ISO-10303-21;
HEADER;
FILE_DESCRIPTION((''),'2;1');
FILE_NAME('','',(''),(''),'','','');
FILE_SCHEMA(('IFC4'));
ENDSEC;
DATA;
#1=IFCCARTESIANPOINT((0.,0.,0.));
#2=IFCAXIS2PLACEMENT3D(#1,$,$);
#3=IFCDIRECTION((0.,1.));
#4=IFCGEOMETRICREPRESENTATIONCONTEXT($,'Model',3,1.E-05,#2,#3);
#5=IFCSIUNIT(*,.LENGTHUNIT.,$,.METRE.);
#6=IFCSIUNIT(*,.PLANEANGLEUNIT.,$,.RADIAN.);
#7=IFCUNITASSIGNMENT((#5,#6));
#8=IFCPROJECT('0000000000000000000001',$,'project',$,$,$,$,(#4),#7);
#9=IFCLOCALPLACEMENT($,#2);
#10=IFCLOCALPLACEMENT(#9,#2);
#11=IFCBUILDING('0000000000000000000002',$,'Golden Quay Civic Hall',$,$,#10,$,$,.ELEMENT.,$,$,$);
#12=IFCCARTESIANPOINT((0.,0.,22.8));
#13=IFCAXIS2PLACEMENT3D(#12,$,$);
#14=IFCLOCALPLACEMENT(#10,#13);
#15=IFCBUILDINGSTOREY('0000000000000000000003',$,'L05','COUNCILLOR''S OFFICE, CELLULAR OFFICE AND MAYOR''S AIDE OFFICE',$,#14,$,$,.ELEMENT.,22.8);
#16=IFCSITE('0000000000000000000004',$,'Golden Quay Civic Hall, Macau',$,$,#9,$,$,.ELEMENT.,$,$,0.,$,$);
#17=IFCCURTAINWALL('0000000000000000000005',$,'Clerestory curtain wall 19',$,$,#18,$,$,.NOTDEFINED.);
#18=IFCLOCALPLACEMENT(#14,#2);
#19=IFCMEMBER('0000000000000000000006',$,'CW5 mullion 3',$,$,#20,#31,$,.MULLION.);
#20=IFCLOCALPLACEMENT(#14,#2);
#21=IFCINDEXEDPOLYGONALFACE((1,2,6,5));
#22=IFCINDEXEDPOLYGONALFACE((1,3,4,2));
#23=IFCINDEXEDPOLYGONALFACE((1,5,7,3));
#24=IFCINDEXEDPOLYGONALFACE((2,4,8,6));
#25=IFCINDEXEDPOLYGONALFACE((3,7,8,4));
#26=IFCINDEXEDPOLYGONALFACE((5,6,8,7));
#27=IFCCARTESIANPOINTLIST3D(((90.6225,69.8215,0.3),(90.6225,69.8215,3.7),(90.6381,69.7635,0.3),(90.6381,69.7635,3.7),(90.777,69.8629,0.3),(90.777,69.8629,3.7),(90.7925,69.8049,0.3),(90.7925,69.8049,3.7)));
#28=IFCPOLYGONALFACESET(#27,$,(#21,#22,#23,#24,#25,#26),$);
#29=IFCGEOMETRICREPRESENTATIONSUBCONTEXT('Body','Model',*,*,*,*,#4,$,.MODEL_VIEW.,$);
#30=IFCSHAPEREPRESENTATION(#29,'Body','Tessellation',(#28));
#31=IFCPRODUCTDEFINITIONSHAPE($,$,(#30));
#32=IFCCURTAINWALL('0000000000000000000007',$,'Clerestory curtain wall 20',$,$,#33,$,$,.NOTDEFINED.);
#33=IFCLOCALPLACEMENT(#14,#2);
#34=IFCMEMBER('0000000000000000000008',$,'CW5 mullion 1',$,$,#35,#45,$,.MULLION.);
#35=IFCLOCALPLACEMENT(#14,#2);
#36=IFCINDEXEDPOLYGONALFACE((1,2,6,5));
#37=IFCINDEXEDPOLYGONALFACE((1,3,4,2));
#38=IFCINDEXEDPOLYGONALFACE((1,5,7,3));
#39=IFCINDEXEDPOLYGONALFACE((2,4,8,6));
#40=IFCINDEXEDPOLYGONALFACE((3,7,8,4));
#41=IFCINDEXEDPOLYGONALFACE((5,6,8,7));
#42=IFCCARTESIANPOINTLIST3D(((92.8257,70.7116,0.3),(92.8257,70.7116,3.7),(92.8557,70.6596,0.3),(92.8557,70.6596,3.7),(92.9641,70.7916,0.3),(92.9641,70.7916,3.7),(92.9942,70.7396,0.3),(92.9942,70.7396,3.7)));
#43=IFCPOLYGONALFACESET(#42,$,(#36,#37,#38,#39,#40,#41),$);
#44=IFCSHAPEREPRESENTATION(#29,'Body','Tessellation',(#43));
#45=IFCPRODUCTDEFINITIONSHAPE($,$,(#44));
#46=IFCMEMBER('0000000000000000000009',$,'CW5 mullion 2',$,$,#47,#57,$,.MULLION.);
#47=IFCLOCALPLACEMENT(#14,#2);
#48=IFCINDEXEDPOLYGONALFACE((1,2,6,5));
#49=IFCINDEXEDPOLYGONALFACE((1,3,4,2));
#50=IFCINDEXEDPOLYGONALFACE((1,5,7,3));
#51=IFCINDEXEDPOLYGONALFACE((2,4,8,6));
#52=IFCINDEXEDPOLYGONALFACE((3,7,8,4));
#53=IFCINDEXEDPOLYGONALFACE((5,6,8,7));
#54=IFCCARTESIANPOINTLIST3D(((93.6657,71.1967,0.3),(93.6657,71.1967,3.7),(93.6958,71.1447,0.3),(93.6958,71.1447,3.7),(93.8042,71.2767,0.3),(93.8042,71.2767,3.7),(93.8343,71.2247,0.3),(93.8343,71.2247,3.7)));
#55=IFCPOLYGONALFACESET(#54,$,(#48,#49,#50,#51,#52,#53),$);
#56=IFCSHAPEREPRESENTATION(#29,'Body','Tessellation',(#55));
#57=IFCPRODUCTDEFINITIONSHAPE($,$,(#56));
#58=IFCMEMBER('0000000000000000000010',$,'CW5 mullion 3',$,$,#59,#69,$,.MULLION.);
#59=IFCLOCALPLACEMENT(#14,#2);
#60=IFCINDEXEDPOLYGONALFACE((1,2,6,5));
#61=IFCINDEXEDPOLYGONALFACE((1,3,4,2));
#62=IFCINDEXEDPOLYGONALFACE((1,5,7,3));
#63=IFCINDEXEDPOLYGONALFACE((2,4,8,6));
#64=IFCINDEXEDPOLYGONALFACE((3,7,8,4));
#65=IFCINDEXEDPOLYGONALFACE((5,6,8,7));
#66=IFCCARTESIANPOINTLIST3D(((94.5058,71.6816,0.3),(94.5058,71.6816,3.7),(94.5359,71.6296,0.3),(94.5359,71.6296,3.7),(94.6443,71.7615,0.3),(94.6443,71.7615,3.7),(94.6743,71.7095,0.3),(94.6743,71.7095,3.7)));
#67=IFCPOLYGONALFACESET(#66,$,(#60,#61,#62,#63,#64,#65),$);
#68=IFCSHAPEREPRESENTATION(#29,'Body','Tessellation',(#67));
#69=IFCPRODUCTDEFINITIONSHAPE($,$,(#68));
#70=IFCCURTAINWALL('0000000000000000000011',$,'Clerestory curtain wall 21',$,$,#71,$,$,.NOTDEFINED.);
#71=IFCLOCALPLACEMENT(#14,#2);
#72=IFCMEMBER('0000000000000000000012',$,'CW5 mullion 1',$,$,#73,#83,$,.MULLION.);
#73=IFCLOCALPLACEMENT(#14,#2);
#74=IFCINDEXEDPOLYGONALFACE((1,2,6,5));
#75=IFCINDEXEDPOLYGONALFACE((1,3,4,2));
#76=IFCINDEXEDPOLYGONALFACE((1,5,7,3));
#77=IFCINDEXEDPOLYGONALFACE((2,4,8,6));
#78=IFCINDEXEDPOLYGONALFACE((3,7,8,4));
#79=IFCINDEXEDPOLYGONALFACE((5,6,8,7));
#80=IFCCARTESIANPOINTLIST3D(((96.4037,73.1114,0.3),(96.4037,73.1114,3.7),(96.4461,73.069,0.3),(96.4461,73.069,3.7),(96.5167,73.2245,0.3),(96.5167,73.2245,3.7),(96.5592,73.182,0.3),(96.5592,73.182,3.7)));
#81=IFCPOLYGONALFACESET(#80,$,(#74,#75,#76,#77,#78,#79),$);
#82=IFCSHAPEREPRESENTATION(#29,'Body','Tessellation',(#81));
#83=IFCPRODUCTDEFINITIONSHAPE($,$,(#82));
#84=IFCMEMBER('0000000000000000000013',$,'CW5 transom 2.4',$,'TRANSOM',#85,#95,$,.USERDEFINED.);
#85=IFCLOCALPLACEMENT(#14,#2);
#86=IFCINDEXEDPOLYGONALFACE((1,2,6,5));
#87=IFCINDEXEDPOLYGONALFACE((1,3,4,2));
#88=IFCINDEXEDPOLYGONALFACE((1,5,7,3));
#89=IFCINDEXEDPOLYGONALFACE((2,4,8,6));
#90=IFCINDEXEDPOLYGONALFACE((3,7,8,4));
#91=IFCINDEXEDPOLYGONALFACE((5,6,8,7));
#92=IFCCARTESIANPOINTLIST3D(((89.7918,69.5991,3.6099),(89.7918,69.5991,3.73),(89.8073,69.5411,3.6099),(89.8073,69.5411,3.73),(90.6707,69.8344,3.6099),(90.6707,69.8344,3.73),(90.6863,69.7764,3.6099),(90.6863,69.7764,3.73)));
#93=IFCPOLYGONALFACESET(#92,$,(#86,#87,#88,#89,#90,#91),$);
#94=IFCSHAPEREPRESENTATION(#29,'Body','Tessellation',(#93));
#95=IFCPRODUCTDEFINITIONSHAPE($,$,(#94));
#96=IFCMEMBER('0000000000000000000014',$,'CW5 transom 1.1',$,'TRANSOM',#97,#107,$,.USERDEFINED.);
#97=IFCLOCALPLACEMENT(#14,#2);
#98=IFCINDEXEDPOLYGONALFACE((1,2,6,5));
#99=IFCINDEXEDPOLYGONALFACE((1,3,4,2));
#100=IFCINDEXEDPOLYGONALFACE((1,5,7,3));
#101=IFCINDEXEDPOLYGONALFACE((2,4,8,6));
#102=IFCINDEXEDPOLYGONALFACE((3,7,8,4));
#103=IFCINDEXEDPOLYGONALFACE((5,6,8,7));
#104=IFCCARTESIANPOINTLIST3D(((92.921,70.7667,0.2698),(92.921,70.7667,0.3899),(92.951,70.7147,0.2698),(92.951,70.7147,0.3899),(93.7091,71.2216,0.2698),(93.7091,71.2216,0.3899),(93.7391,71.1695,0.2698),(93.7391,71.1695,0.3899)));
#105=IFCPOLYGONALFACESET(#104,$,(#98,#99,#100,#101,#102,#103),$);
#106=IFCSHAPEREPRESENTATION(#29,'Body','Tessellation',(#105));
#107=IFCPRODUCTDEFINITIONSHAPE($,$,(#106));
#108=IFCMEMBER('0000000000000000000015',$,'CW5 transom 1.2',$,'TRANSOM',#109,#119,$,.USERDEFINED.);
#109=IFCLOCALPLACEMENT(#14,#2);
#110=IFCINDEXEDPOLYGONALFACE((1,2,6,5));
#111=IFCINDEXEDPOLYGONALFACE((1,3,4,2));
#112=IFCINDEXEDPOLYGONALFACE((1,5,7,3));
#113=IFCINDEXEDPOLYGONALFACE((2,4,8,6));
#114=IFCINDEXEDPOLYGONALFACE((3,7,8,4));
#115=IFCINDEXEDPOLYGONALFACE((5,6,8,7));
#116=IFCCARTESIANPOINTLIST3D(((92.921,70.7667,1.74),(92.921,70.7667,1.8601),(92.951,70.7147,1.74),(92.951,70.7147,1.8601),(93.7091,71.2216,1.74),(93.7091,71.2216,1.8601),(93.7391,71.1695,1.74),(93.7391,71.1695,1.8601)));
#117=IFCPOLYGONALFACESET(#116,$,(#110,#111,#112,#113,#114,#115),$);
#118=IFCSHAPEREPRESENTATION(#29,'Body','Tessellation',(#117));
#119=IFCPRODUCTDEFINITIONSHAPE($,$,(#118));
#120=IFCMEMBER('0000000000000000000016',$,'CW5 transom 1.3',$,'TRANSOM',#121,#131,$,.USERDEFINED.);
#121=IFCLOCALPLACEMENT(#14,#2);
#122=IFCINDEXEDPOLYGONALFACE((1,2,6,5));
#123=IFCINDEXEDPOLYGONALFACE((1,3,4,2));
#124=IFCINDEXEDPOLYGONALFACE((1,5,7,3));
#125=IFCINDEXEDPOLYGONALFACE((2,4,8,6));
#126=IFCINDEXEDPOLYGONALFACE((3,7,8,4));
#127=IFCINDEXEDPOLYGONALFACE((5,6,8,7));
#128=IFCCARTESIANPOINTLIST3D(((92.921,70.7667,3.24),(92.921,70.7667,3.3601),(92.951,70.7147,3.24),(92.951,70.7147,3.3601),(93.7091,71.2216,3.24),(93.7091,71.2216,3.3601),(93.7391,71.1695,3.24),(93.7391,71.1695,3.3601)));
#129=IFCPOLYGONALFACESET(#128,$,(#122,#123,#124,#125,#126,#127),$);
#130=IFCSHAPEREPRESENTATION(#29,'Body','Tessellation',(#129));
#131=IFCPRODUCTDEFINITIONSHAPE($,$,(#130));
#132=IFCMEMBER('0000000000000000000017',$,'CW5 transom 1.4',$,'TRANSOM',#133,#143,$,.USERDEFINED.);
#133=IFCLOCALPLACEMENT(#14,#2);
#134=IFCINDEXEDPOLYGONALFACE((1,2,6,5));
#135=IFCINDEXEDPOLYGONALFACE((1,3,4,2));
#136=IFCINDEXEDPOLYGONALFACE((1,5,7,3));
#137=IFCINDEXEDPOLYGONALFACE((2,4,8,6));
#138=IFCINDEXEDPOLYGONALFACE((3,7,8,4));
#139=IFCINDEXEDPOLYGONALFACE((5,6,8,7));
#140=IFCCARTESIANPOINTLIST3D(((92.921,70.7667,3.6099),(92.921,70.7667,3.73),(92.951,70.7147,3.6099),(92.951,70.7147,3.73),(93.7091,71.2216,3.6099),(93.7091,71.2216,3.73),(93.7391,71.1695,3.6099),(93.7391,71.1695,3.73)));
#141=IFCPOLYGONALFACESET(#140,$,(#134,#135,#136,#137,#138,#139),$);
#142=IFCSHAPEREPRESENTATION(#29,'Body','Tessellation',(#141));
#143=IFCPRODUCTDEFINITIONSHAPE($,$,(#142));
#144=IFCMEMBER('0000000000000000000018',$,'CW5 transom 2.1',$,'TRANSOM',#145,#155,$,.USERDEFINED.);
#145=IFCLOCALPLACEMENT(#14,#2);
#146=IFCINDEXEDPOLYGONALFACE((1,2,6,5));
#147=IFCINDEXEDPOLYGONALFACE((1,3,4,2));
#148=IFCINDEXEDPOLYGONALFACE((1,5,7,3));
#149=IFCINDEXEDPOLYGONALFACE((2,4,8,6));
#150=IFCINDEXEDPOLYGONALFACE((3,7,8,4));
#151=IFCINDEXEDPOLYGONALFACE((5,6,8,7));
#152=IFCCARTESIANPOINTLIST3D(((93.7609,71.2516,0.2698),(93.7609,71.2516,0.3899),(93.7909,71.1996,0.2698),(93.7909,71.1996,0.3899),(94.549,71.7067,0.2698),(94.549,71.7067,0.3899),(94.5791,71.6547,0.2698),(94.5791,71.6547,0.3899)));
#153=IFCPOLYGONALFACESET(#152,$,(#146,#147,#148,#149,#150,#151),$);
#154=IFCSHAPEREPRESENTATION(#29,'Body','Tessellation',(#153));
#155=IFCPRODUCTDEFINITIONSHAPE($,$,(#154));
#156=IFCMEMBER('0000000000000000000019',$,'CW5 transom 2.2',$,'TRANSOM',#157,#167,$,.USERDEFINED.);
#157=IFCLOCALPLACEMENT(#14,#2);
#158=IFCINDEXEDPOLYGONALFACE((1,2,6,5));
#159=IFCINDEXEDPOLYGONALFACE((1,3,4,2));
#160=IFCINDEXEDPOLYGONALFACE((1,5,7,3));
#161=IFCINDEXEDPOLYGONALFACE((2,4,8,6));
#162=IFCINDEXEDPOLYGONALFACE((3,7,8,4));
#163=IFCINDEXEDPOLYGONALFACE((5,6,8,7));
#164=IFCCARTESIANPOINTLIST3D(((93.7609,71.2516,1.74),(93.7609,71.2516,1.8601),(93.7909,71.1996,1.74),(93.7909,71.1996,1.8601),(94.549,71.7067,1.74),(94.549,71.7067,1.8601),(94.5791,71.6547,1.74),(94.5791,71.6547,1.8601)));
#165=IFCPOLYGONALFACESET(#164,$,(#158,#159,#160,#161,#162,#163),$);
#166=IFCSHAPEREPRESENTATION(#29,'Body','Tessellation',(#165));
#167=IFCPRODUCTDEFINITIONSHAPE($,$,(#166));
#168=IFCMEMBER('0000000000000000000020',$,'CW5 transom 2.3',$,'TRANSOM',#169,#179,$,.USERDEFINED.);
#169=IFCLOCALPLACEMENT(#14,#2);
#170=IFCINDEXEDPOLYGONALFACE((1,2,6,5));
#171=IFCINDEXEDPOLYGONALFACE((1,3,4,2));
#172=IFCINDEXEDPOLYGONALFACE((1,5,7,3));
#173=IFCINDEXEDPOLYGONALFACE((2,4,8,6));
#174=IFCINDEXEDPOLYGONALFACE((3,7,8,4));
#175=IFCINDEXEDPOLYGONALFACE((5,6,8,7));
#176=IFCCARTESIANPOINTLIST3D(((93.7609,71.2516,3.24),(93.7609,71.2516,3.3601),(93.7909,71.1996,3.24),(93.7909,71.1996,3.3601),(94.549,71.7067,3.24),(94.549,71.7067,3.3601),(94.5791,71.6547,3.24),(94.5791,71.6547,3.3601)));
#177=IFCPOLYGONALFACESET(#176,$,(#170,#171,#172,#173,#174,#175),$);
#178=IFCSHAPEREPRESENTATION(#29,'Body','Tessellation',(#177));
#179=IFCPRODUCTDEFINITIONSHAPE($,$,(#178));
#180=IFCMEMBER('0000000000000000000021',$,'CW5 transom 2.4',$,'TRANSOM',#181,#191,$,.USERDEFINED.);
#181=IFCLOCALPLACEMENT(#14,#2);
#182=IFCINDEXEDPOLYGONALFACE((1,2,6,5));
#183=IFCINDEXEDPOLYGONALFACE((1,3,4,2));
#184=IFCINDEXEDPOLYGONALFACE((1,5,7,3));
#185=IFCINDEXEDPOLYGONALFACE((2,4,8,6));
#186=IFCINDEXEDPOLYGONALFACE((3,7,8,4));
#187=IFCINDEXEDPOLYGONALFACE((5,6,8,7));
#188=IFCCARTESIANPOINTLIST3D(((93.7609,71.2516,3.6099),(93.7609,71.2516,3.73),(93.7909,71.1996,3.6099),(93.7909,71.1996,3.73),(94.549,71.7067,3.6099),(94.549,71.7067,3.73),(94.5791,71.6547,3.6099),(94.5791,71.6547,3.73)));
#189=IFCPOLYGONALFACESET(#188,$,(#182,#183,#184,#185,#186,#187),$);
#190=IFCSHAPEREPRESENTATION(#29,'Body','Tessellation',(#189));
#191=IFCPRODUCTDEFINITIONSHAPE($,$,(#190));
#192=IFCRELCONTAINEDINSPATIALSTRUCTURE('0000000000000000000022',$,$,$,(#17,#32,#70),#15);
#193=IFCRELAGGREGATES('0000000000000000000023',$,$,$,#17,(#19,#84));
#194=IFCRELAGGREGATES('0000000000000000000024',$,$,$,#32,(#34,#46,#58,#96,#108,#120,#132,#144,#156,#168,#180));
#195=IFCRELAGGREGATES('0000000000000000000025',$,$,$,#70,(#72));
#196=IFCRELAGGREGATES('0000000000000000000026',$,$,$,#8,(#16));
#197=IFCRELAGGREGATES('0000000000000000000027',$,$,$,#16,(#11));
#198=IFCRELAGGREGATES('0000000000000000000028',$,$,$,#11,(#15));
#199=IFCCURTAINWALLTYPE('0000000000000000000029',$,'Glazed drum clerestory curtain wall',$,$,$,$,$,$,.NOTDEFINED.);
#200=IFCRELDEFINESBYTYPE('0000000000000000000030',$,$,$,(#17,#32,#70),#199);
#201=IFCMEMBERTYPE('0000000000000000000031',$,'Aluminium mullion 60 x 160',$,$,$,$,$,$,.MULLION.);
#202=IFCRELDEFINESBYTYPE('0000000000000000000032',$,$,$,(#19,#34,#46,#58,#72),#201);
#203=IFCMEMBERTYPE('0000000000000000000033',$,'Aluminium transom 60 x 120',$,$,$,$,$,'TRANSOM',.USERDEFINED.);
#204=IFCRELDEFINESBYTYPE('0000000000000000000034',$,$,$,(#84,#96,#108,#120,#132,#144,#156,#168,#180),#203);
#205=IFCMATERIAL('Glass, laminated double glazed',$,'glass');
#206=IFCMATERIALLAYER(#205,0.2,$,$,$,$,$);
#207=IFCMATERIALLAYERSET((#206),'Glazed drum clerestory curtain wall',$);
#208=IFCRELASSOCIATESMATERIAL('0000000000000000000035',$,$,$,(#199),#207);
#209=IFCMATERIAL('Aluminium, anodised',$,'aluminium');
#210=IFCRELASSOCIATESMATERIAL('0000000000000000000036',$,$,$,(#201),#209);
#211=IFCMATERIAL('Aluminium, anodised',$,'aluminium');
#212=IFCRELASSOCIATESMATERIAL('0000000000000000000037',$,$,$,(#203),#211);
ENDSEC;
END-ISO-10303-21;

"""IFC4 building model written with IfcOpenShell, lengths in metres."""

from ifc_helpers import new_model, si_unit, direction, frame, origin, origin_2d, place, context, subcontext, project, spatial, rectangle, extrude, material, layer, layer_set, material_profile, profile_set, type_object, element, aggregate, save


model = new_model("IFC4")

# Units and contexts
model_context = context("Model", 3, precision=1e-05, world=origin(), true_north=direction((0.0, 1.0)))
body_context = subcontext(model_context, "Body", "Model", "MODEL_VIEW")
ifc_project = project(units=[si_unit("LENGTHUNIT", "METRE"), si_unit("PLANEANGLEUNIT", "RADIAN")], contexts=[model_context])

# Site, building, storey
site_placement = place(None, origin())
site = spatial("IfcSite", under=ifc_project, at=site_placement, Name="Golden Quay Civic Hall, Macau", CompositionType="ELEMENT", RefElevation=0.0)
building_placement = place(site_placement, origin())
building = spatial("IfcBuilding", under=site, at=building_placement, Name="Golden Quay Civic Hall", CompositionType="ELEMENT")
storey_placement = place(building_placement, frame((0.0, 0.0, 22.8)))
storey = spatial("IfcBuildingStorey", under=building, at=storey_placement, Name="L05", Description="COUNCILLOR'S OFFICE, CELLULAR OFFICE AND MAYOR'S AIDE OFFICE", CompositionType="ELEMENT", Elevation=22.8)

# Curtain wall, member
ifc_material_1 = material(Name="Glass, laminated double glazed", Category="glass")
ifc_layer_1 = layer(ifc_material_1, 0.2)
ifc_layer_set_1 = layer_set([ifc_layer_1], Name="Glazed drum clerestory curtain wall")
curtain_wall_type = type_object("IfcCurtainWallType", Name="Glazed drum clerestory curtain wall", PredefinedType="NOTDEFINED", material=ifc_layer_set_1)
curtain_wall_1_placement = place(storey_placement, origin())
curtain_wall_1 = element("IfcCurtainWall", 1, at=curtain_wall_1_placement, inside=storey, type_object=curtain_wall_type, Name="Clerestory curtain wall 19", PredefinedType="NOTDEFINED")
ifc_material_2 = material(Name="Aluminium, anodised", Category="aluminium")
ifc_material_profile_1 = material_profile(ifc_material_2, rectangle(XDim=0.0601, YDim=0.1599, at=origin_2d()), Name="Aluminium 60 x 160")
ifc_profile_set_1 = profile_set([ifc_material_profile_1], Name="Aluminium, anodised")
member_type_1 = type_object("IfcMemberType", Name="Aluminium mullion 60 x 160", PredefinedType="MULLION", material=ifc_profile_set_1)
member_1_placement = place(storey_placement, frame((90.7075, 69.8132, 0.3), z_axis=(0.0, 0.0, 1.0), x_axis=(-0.258808, 0.965929, 0.0)))
member_1 = element("IfcMember", 2, at=member_1_placement, type_object=member_type_1, Name="CW5 mullion 3", PredefinedType="MULLION", context=body_context, shape_type="SweptSolid", body=[
    extrude(rectangle(XDim=0.0601, YDim=0.1599, at=origin_2d()), origin(), (0.0, 0.0, 1.0), 3.3999),
])

# Curtain wall, members
curtain_wall_2_placement = place(storey_placement, origin())
curtain_wall_2 = element("IfcCurtainWall", 3, at=curtain_wall_2_placement, inside=storey, type_object=curtain_wall_type, Name="Clerestory curtain wall 20", PredefinedType="NOTDEFINED")
member_2_placement = place(storey_placement, frame((92.9099, 70.7256, 0.3), z_axis=(0.0, 0.0, 1.0), x_axis=(-0.500011, 0.866019, 0.0)))
member_2 = element("IfcMember", 4, at=member_2_placement, type_object=member_type_1, Name="CW5 mullion 1", PredefinedType="MULLION", context=body_context, shape_type="SweptSolid", body=[
    extrude(rectangle(XDim=0.0601, YDim=0.1599, at=origin_2d()), origin(), (0.0, 0.0, 1.0), 3.3999),
])
member_3_placement = place(storey_placement, frame((93.75, 71.2107, 0.3), z_axis=(0.0, 0.0, 1.0), x_axis=(-0.500011, 0.866019, 0.0)))
member_3 = element("IfcMember", 5, at=member_3_placement, type_object=member_type_1, Name="CW5 mullion 2", PredefinedType="MULLION", context=body_context, shape_type="SweptSolid", body=[
    extrude(rectangle(XDim=0.0601, YDim=0.1599, at=origin_2d()), origin(), (0.0, 0.0, 1.0), 3.3999),
])
member_4_placement = place(storey_placement, frame((94.5901, 71.6956, 0.3), z_axis=(0.0, 0.0, 1.0), x_axis=(-0.500011, 0.866019, 0.0)))
member_4 = element("IfcMember", 6, at=member_4_placement, type_object=member_type_1, Name="CW5 mullion 3", PredefinedType="MULLION", context=body_context, shape_type="SweptSolid", body=[
    extrude(rectangle(XDim=0.0601, YDim=0.1599, at=origin_2d()), origin(), (0.0, 0.0, 1.0), 3.3999),
])

# Curtain wall, member
curtain_wall_3_placement = place(storey_placement, origin())
curtain_wall_3 = element("IfcCurtainWall", 7, at=curtain_wall_3_placement, inside=storey, type_object=curtain_wall_type, Name="Clerestory curtain wall 21", PredefinedType="NOTDEFINED")
member_5_placement = place(storey_placement, frame((96.4814, 73.1467, 0.3), z_axis=(0.0, 0.0, 1.0), x_axis=(-0.707107, 0.707107, 0.0)))
member_5 = element("IfcMember", 8, at=member_5_placement, type_object=member_type_1, Name="CW5 mullion 1", PredefinedType="MULLION", context=body_context, shape_type="SweptSolid", body=[
    extrude(rectangle(XDim=0.0601, YDim=0.1599, at=origin_2d()), origin(), (0.0, 0.0, 1.0), 3.3999),
])

# Members
ifc_material_3 = material(Name="Aluminium, anodised", Category="aluminium")
ifc_material_profile_2 = material_profile(ifc_material_3, rectangle(XDim=0.0601, YDim=0.1201, at=origin_2d()), Name="Aluminium 60 x 120")
ifc_profile_set_2 = profile_set([ifc_material_profile_2], Name="Aluminium, anodised")
member_type_2 = type_object("IfcMemberType", Name="Aluminium transom 60 x 120", ElementType="TRANSOM", PredefinedType="USERDEFINED", material=ifc_profile_set_2)
member_6_placement = place(storey_placement, frame((89.7996, 69.5701, 3.6699), z_axis=(0.965967, 0.258665, 0.0), x_axis=(-0.258665, 0.965967, 0.0)))
member_6 = element("IfcMember", 9, at=member_6_placement, type_object=member_type_2, Name="CW5 transom 2.4", ObjectType="TRANSOM", PredefinedType="USERDEFINED", context=body_context, shape_type="SweptSolid", body=[
    extrude(rectangle(XDim=0.0601, YDim=0.1201, at=origin_2d()), origin(), (0.0, 0.0, 1.0), 0.9099),
])
member_7_placement = place(storey_placement, frame((92.936, 70.7407, 0.3298), z_axis=(0.866105, 0.499862, 0.0), x_axis=(-0.499862, 0.866105, 0.0)))
member_7 = element("IfcMember", 10, at=member_7_placement, type_object=member_type_2, Name="CW5 transom 1.1", ObjectType="TRANSOM", PredefinedType="USERDEFINED", context=body_context, shape_type="SweptSolid", body=[
    extrude(rectangle(XDim=0.0601, YDim=0.1201, at=origin_2d()), origin(), (0.0, 0.0, 1.0), 0.9099),
])
member_8_placement = place(storey_placement, frame((92.936, 70.7407, 1.8), z_axis=(0.866105, 0.499862, 0.0), x_axis=(-0.499862, 0.866105, 0.0)))
member_8 = element("IfcMember", 11, at=member_8_placement, type_object=member_type_2, Name="CW5 transom 1.2", ObjectType="TRANSOM", PredefinedType="USERDEFINED", context=body_context, shape_type="SweptSolid", body=[
    extrude(rectangle(XDim=0.0601, YDim=0.1201, at=origin_2d()), origin(), (0.0, 0.0, 1.0), 0.9099),
])
member_9_placement = place(storey_placement, frame((92.936, 70.7407, 3.3), z_axis=(0.866105, 0.499862, 0.0), x_axis=(-0.499862, 0.866105, 0.0)))
member_9 = element("IfcMember", 12, at=member_9_placement, type_object=member_type_2, Name="CW5 transom 1.3", ObjectType="TRANSOM", PredefinedType="USERDEFINED", context=body_context, shape_type="SweptSolid", body=[
    extrude(rectangle(XDim=0.0601, YDim=0.1201, at=origin_2d()), origin(), (0.0, 0.0, 1.0), 0.9099),
])
member_10_placement = place(storey_placement, frame((92.936, 70.7407, 3.6699), z_axis=(0.866105, 0.499862, 0.0), x_axis=(-0.499862, 0.866105, 0.0)))
member_10 = element("IfcMember", 13, at=member_10_placement, type_object=member_type_2, Name="CW5 transom 1.4", ObjectType="TRANSOM", PredefinedType="USERDEFINED", context=body_context, shape_type="SweptSolid", body=[
    extrude(rectangle(XDim=0.0601, YDim=0.1201, at=origin_2d()), origin(), (0.0, 0.0, 1.0), 0.9099),
])
member_11_placement = place(storey_placement, frame((93.7759, 71.2256, 0.3298), z_axis=(0.865989, 0.500063, 0.0), x_axis=(-0.500063, 0.865989, 0.0)))
member_11 = element("IfcMember", 14, at=member_11_placement, type_object=member_type_2, Name="CW5 transom 2.1", ObjectType="TRANSOM", PredefinedType="USERDEFINED", context=body_context, shape_type="SweptSolid", body=[
    extrude(rectangle(XDim=0.0601, YDim=0.1201, at=origin_2d()), origin(), (0.0, 0.0, 1.0), 0.9102),
])
member_12_placement = place(storey_placement, frame((93.7759, 71.2256, 1.8), z_axis=(0.865989, 0.500063, 0.0), x_axis=(-0.500063, 0.865989, 0.0)))
member_12 = element("IfcMember", 15, at=member_12_placement, type_object=member_type_2, Name="CW5 transom 2.2", ObjectType="TRANSOM", PredefinedType="USERDEFINED", context=body_context, shape_type="SweptSolid", body=[
    extrude(rectangle(XDim=0.0601, YDim=0.1201, at=origin_2d()), origin(), (0.0, 0.0, 1.0), 0.9102),
])
member_13_placement = place(storey_placement, frame((93.7759, 71.2256, 3.3), z_axis=(0.865989, 0.500063, 0.0), x_axis=(-0.500063, 0.865989, 0.0)))
member_13 = element("IfcMember", 16, at=member_13_placement, type_object=member_type_2, Name="CW5 transom 2.3", ObjectType="TRANSOM", PredefinedType="USERDEFINED", context=body_context, shape_type="SweptSolid", body=[
    extrude(rectangle(XDim=0.0601, YDim=0.1201, at=origin_2d()), origin(), (0.0, 0.0, 1.0), 0.9102),
])
member_14_placement = place(storey_placement, frame((93.7759, 71.2256, 3.6699), z_axis=(0.865989, 0.500063, 0.0), x_axis=(-0.500063, 0.865989, 0.0)))
member_14 = element("IfcMember", 17, at=member_14_placement, type_object=member_type_2, Name="CW5 transom 2.4", ObjectType="TRANSOM", PredefinedType="USERDEFINED", context=body_context, shape_type="SweptSolid", body=[
    extrude(rectangle(XDim=0.0601, YDim=0.1201, at=origin_2d()), origin(), (0.0, 0.0, 1.0), 0.9102),
])

aggregate(curtain_wall_1, [member_1, member_6])
aggregate(curtain_wall_2, [member_2, member_3, member_4, member_7, member_8, member_9, member_10, member_11, member_12, member_13, member_14])
aggregate(curtain_wall_3, [member_5])

save(model, "model.ifc")
